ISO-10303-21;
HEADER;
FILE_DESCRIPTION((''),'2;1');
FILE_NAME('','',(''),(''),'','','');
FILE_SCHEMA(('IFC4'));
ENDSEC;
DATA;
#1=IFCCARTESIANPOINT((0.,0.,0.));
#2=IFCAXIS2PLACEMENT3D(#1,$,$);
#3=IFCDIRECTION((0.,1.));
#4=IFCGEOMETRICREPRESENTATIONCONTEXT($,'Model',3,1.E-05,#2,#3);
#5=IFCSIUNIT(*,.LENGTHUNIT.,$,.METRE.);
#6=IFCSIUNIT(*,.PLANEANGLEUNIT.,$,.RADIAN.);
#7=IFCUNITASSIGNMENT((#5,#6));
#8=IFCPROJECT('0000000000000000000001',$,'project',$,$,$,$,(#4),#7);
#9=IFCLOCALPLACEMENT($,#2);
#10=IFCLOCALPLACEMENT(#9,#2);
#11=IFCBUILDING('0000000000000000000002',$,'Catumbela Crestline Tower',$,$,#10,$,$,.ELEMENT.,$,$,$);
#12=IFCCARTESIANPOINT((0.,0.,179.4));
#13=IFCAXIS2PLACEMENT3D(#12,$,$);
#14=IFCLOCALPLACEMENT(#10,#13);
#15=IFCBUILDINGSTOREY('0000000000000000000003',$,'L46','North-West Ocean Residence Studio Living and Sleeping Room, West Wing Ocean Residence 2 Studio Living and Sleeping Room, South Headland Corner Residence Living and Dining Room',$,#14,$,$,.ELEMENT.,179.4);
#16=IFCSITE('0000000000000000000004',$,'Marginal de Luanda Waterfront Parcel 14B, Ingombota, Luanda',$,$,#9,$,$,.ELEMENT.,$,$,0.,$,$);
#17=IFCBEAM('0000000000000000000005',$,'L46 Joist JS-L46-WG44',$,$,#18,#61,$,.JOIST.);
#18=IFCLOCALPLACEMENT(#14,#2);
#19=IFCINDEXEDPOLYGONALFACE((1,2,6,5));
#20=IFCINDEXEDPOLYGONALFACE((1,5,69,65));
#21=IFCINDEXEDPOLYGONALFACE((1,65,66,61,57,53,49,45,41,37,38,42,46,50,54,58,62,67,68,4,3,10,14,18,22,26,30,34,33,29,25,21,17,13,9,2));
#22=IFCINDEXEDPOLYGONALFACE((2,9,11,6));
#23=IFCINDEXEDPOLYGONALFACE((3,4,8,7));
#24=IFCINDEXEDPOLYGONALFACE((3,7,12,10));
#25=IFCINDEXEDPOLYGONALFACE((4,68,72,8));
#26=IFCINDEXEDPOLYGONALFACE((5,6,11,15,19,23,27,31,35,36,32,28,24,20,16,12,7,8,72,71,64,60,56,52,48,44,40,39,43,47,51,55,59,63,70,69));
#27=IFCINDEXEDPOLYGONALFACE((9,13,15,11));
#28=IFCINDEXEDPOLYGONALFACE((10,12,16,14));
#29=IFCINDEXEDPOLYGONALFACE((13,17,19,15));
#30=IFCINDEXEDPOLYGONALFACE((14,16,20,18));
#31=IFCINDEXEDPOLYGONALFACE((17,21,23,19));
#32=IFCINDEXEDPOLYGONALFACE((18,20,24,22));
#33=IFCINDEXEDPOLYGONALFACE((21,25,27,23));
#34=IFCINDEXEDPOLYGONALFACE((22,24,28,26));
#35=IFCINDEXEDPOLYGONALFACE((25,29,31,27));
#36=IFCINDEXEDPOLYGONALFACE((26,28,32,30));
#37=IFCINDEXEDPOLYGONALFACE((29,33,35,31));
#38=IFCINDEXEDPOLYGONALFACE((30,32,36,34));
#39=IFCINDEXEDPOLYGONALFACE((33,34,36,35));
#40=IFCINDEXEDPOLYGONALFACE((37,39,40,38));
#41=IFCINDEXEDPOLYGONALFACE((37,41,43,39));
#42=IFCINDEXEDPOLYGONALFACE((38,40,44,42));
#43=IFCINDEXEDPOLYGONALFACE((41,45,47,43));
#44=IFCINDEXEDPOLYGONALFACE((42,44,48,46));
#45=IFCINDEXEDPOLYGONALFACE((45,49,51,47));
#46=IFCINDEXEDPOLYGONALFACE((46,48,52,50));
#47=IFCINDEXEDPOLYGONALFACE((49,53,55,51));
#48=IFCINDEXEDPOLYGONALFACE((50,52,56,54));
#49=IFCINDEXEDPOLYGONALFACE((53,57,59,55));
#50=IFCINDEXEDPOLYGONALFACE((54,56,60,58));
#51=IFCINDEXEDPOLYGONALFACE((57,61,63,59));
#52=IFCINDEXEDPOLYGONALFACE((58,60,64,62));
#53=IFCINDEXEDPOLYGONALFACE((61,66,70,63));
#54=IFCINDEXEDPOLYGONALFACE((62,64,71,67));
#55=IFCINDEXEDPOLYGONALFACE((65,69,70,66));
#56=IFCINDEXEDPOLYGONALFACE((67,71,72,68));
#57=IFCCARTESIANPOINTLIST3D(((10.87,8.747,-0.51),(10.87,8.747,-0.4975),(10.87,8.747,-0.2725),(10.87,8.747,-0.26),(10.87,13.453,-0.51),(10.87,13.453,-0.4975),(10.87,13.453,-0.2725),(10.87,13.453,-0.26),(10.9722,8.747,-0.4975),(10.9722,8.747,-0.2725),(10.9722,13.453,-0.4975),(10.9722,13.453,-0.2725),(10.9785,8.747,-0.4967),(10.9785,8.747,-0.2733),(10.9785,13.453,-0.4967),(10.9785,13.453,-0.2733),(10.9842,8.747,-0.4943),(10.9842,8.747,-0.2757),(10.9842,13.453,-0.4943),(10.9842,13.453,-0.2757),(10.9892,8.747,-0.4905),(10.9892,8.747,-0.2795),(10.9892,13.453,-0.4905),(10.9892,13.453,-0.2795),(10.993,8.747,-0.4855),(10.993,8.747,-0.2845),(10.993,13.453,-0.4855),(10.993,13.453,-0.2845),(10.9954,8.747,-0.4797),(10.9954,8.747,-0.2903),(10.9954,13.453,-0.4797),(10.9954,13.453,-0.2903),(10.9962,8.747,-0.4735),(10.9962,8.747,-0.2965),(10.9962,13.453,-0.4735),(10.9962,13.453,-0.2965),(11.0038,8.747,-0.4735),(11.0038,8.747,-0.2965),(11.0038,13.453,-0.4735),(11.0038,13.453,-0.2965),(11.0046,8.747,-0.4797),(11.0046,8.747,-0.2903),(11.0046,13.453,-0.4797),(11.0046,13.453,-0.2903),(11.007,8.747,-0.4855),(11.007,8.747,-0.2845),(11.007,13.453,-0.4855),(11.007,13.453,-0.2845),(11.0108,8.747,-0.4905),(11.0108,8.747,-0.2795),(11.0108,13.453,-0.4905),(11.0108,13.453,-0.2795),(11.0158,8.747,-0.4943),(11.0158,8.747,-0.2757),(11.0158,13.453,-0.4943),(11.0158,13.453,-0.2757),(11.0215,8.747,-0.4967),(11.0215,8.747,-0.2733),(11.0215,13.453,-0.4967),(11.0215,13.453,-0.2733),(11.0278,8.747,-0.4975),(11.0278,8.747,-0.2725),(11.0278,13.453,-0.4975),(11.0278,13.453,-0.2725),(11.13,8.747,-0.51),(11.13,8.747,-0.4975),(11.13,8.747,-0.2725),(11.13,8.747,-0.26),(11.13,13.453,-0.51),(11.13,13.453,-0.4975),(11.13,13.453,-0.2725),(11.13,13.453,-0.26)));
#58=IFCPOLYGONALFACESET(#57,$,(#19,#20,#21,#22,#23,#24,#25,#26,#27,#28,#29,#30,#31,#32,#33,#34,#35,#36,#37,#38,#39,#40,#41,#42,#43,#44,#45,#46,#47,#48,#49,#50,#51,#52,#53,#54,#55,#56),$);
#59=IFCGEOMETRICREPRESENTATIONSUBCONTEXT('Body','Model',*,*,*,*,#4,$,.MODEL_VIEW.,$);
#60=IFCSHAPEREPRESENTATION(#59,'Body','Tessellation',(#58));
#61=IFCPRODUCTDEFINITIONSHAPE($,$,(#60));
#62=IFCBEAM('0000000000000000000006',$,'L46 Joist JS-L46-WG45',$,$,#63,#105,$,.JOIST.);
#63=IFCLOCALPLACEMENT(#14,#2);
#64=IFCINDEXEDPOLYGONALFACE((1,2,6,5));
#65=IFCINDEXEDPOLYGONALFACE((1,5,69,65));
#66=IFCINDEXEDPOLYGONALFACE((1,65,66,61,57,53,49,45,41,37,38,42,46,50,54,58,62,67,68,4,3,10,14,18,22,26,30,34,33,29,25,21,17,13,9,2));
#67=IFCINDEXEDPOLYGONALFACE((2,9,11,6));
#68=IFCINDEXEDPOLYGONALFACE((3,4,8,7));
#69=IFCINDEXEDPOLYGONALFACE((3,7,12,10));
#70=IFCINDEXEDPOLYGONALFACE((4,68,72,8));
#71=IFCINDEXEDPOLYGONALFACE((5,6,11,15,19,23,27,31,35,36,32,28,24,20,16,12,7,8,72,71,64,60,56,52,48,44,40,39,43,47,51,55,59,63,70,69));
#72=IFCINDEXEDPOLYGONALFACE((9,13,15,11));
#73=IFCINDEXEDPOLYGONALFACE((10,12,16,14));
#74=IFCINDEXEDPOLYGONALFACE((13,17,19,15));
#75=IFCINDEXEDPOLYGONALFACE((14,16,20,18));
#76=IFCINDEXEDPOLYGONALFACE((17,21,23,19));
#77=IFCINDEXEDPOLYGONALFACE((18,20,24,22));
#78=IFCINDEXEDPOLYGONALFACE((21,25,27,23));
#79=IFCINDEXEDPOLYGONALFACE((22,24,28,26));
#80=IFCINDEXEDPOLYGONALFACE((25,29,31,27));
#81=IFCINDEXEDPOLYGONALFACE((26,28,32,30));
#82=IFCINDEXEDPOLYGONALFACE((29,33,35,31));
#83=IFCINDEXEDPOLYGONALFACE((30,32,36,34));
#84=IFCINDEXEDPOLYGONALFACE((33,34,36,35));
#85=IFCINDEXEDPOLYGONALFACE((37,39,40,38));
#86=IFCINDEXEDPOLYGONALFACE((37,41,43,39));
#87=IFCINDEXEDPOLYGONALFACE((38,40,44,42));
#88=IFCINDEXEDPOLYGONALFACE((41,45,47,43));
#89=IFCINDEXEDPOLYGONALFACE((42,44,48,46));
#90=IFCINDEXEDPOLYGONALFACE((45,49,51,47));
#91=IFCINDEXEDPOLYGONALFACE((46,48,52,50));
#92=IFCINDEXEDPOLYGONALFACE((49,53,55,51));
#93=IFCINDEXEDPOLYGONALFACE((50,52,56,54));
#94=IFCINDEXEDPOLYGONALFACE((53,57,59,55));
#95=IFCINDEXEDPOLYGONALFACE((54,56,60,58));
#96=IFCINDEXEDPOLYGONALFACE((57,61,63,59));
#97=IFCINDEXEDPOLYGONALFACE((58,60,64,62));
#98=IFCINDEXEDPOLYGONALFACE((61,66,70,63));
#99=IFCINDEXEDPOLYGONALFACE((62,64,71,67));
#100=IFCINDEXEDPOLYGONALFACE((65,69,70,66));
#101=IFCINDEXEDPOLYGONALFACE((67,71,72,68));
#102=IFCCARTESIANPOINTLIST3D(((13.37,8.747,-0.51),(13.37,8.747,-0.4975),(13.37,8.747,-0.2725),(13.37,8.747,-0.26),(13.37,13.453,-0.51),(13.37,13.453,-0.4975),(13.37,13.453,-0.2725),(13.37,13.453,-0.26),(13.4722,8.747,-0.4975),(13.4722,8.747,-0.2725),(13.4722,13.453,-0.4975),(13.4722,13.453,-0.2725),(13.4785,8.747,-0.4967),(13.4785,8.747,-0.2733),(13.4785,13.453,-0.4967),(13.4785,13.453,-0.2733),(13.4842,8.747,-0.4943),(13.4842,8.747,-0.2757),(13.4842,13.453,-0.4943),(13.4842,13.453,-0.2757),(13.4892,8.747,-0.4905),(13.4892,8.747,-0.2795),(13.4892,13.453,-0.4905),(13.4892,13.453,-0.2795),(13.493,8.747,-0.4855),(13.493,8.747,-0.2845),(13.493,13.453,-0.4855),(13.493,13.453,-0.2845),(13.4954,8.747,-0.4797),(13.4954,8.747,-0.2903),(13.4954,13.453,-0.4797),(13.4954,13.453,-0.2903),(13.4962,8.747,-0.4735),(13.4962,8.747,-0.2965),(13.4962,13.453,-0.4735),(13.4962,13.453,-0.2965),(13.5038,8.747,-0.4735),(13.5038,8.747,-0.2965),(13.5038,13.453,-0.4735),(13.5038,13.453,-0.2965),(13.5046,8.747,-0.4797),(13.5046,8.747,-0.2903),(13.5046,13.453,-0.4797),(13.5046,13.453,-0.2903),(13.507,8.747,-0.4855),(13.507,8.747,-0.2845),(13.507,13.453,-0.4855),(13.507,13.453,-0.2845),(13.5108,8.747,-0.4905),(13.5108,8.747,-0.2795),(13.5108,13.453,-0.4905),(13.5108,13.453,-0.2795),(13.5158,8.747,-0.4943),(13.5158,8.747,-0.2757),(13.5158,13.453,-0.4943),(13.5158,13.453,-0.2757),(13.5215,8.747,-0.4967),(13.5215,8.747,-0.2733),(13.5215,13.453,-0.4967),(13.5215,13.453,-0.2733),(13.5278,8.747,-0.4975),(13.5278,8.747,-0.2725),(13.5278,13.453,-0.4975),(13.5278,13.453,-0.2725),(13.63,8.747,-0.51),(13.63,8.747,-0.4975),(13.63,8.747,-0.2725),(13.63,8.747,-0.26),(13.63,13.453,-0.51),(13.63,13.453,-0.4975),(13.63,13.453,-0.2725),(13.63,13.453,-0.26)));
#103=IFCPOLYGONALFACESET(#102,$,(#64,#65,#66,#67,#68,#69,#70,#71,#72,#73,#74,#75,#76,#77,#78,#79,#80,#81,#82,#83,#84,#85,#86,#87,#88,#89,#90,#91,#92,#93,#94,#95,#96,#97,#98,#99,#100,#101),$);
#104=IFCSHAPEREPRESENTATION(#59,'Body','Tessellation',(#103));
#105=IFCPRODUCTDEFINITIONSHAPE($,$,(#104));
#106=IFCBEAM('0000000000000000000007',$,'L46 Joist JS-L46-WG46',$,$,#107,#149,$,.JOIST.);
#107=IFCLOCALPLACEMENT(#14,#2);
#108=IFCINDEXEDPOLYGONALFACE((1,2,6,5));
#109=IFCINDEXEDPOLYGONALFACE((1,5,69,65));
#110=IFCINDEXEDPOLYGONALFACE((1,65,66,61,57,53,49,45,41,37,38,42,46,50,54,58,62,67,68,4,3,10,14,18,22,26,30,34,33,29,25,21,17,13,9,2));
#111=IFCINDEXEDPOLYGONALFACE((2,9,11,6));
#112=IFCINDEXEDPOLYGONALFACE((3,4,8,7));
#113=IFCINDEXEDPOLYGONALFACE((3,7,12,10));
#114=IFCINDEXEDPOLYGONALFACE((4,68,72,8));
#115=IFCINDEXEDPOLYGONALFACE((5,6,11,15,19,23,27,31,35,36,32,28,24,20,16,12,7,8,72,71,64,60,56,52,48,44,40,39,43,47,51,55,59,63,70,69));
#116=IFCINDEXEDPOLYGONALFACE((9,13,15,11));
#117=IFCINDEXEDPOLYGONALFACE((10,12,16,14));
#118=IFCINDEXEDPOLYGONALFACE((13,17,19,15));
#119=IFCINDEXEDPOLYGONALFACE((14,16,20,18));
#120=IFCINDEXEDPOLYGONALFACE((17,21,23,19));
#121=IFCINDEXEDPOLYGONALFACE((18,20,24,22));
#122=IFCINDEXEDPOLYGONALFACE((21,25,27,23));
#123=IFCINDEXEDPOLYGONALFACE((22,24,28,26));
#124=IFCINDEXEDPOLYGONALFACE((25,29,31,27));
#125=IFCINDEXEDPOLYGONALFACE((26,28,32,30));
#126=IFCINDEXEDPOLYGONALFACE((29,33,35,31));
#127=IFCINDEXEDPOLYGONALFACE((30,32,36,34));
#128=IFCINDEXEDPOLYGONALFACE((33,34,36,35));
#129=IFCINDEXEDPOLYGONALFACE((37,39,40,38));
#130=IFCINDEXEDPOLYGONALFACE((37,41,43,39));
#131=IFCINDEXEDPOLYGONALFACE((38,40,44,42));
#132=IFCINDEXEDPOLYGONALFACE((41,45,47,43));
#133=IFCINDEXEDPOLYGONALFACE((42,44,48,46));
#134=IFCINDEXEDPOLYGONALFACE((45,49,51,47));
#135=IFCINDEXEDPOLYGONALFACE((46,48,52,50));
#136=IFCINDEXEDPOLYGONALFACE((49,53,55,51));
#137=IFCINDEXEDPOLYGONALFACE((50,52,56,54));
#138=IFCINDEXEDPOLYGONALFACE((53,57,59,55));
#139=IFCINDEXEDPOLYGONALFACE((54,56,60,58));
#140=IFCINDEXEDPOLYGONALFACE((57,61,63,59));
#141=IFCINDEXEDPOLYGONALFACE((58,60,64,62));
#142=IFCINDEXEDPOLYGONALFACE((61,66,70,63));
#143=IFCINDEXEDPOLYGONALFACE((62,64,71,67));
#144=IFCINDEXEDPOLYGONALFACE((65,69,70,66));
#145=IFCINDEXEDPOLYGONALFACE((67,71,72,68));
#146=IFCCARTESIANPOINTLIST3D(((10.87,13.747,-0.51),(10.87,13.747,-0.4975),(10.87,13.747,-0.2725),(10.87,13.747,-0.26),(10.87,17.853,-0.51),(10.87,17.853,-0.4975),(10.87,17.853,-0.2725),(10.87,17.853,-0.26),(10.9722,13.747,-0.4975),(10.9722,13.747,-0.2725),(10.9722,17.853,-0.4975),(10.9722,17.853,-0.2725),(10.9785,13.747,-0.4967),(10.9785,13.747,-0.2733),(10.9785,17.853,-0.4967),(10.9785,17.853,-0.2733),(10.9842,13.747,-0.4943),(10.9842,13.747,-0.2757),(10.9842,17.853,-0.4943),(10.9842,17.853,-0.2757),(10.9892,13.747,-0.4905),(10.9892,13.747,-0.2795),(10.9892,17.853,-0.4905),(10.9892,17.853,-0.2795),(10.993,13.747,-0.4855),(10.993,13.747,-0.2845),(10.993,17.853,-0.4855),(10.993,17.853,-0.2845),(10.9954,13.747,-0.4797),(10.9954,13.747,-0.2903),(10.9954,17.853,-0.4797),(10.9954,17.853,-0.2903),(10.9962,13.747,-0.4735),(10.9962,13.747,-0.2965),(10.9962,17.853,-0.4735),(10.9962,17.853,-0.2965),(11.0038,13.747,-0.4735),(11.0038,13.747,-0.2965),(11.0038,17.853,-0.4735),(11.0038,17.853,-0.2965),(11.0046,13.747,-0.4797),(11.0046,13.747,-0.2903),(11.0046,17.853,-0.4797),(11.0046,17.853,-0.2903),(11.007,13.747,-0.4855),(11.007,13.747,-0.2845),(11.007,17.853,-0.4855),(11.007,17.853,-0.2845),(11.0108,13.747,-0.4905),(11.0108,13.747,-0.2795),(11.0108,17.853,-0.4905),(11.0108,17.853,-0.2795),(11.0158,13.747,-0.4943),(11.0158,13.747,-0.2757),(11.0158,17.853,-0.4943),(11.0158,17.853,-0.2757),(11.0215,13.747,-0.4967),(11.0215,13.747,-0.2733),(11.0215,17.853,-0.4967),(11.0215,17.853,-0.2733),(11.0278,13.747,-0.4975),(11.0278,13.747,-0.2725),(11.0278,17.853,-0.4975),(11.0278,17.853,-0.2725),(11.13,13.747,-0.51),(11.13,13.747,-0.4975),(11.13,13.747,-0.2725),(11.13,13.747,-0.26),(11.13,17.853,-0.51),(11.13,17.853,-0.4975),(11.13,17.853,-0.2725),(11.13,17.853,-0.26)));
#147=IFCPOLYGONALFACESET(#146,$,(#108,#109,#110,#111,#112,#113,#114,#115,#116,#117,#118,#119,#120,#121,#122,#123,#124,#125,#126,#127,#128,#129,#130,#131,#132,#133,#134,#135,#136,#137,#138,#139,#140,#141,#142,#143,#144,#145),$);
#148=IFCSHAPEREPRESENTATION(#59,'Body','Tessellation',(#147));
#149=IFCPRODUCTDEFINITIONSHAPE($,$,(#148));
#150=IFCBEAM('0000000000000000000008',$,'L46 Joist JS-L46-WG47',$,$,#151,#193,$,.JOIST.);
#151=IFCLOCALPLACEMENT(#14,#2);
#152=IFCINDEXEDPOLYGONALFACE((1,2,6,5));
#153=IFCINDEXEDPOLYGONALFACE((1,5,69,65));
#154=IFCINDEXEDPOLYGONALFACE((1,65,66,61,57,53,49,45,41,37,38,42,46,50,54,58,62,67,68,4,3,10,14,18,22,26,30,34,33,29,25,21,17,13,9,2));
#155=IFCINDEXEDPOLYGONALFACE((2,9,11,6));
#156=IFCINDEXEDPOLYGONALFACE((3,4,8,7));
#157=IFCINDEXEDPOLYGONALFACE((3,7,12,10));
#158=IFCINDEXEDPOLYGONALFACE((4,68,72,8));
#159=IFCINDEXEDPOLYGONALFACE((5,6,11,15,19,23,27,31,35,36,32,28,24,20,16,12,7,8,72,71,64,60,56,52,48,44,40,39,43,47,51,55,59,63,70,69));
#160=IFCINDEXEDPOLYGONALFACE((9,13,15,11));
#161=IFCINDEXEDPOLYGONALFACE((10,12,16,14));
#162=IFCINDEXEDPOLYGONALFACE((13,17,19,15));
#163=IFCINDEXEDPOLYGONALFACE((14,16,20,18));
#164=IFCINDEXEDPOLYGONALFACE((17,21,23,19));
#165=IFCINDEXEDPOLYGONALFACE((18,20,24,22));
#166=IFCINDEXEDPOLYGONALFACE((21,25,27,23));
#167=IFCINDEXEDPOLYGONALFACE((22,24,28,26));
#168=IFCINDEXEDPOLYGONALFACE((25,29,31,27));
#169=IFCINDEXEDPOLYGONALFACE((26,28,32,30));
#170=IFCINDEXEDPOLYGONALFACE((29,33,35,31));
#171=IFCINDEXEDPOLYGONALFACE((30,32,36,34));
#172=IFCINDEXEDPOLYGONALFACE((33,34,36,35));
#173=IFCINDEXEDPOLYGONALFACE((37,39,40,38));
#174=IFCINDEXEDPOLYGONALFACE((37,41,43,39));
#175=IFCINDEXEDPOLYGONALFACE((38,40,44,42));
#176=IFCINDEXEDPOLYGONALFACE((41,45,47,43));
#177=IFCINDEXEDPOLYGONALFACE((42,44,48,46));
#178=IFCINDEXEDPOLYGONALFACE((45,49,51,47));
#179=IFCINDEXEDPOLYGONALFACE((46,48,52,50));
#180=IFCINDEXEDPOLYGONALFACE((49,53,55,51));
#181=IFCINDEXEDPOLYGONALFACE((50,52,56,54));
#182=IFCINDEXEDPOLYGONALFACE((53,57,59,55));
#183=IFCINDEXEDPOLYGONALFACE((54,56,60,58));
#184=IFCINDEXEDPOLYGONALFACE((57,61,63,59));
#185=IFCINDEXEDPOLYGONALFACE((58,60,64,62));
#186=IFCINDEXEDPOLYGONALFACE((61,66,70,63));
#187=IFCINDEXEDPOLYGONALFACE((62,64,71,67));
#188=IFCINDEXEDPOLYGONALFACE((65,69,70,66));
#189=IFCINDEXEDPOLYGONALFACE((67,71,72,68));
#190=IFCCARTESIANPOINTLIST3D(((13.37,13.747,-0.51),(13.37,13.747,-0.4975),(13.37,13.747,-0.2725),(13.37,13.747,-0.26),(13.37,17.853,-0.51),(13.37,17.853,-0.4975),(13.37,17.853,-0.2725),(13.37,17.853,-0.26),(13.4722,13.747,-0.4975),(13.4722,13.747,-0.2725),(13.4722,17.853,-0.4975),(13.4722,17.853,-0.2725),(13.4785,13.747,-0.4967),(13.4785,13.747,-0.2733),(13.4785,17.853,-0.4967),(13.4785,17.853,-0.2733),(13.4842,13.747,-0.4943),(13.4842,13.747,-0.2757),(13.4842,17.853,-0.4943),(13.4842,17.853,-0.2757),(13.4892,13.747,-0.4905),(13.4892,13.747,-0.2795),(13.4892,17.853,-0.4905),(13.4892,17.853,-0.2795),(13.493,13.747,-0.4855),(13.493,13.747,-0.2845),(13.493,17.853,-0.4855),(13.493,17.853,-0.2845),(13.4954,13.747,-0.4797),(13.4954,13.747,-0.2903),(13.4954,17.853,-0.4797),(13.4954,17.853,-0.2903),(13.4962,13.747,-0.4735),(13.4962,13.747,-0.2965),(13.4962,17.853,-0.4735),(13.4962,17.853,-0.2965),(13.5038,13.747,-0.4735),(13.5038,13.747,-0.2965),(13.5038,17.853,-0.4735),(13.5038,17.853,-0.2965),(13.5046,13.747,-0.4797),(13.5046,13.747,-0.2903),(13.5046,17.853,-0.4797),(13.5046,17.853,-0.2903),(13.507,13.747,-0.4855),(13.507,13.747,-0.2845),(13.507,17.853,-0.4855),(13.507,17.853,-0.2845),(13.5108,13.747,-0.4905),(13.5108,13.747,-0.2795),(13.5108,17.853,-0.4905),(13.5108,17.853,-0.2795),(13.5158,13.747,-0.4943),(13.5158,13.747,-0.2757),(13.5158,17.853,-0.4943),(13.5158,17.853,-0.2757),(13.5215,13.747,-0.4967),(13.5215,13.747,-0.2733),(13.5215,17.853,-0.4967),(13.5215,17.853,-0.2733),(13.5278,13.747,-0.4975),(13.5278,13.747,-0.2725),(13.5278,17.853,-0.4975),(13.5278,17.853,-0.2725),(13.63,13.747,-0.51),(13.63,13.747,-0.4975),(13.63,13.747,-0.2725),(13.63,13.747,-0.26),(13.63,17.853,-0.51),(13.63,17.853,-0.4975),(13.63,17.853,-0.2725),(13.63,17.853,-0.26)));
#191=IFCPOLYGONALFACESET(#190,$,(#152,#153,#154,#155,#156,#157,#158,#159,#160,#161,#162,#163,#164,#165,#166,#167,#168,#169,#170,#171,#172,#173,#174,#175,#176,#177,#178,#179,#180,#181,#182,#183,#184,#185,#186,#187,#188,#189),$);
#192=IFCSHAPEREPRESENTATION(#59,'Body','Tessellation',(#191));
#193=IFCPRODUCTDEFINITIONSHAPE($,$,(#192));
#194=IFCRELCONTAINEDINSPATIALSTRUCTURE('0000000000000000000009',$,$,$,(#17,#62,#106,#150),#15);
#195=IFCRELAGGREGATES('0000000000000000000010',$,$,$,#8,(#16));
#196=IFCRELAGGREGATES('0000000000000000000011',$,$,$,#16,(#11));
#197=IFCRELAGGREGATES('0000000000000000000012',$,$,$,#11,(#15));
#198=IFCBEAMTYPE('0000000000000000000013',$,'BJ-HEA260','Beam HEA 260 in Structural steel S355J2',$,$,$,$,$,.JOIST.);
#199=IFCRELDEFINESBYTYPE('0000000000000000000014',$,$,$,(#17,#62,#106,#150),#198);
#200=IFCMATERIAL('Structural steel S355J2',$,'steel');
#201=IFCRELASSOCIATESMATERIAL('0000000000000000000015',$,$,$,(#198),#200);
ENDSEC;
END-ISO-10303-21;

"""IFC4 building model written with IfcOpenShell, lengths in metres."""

from ifc_helpers import new_model, si_unit, direction, frame, origin, origin_2d, place, context, subcontext, project, spatial, i_section, extrude, material, material_profile, profile_set, type_object, element, save


model = new_model("IFC4")

# Units and contexts
model_context = context("Model", 3, precision=1e-05, world=origin(), true_north=direction((0.0, 1.0)))
body_context = subcontext(model_context, "Body", "Model", "MODEL_VIEW")
ifc_project = project(units=[si_unit("LENGTHUNIT", "METRE"), si_unit("PLANEANGLEUNIT", "RADIAN")], contexts=[model_context])

# Site, building, storey
site_placement = place(None, origin())
site = spatial("IfcSite", under=ifc_project, at=site_placement, Name="Marginal de Luanda Waterfront Parcel 14B, Ingombota, Luanda", CompositionType="ELEMENT", RefElevation=0.0)
building_placement = place(site_placement, origin())
building = spatial("IfcBuilding", under=site, at=building_placement, Name="Catumbela Crestline Tower", CompositionType="ELEMENT")
storey_placement = place(building_placement, frame((0.0, 0.0, 179.4)))
storey = spatial("IfcBuildingStorey", under=building, at=storey_placement, Name="L46", Description="North-West Ocean Residence Studio Living and Sleeping Room, West Wing Ocean Residence 2 Studio Living and Sleeping Room, South Headland Corner Residence Living and Dining Room", CompositionType="ELEMENT", Elevation=179.4)

# Shared definitions
ifc_material_1 = material(Name="Structural steel S355J2", Category="steel")

# Beams
ifc_material_profile_1 = material_profile(ifc_material_1, i_section(OverallWidth=0.26, OverallDepth=0.25, WebThickness=0.0075, FlangeThickness=0.0125, FilletRadius=0.024, at=origin_2d()), Name="HEA 260")
ifc_profile_set_1 = profile_set([ifc_material_profile_1], Name="Structural steel S355J2")
beam_type_1 = type_object("IfcBeamType", Name="BJ-HEA260", Description="Beam HEA 260 in Structural steel S355J2", PredefinedType="JOIST", material=ifc_profile_set_1)
for number, where, z_axis, x_axis, name in (
    (1, (11.0, 8.747, -0.385), (0.0, 1.0, 0.0), (-1.0, 0.0, 0.0), "L46 Joist JS-L46-WG44"),
    (2, (13.5, 8.747, -0.385), (0.0, 1.0, 0.0), (-1.0, 0.0, 0.0), "L46 Joist JS-L46-WG45"),
):
    element("IfcBeam", number, at=place(storey_placement, frame(where, z_axis=z_axis, x_axis=x_axis)), inside=storey, type_object=beam_type_1, Name=name, PredefinedType="JOIST", context=body_context, shape_type="SweptSolid", body=[
        extrude(i_section(OverallWidth=0.26, OverallDepth=0.25, WebThickness=0.0075, FlangeThickness=0.0125, FilletRadius=0.024, at=origin_2d()), origin(), (0.0, 0.0, 1.0), 4.706),
    ])
for number, where, z_axis, x_axis, name in (
    (3, (11.0, 13.747, -0.385), (0.0, 1.0, 0.0), (-1.0, 0.0, 0.0), "L46 Joist JS-L46-WG46"),
    (4, (13.5, 13.747, -0.385), (0.0, 1.0, 0.0), (-1.0, 0.0, 0.0), "L46 Joist JS-L46-WG47"),
):
    element("IfcBeam", number, at=place(storey_placement, frame(where, z_axis=z_axis, x_axis=x_axis)), inside=storey, type_object=beam_type_1, Name=name, PredefinedType="JOIST", context=body_context, shape_type="SweptSolid", body=[
        extrude(i_section(OverallWidth=0.26, OverallDepth=0.25, WebThickness=0.0075, FlangeThickness=0.0125, FilletRadius=0.024, at=origin_2d()), origin(), (0.0, 0.0, 1.0), 4.106),
    ])

save(model, "model.ifc")
